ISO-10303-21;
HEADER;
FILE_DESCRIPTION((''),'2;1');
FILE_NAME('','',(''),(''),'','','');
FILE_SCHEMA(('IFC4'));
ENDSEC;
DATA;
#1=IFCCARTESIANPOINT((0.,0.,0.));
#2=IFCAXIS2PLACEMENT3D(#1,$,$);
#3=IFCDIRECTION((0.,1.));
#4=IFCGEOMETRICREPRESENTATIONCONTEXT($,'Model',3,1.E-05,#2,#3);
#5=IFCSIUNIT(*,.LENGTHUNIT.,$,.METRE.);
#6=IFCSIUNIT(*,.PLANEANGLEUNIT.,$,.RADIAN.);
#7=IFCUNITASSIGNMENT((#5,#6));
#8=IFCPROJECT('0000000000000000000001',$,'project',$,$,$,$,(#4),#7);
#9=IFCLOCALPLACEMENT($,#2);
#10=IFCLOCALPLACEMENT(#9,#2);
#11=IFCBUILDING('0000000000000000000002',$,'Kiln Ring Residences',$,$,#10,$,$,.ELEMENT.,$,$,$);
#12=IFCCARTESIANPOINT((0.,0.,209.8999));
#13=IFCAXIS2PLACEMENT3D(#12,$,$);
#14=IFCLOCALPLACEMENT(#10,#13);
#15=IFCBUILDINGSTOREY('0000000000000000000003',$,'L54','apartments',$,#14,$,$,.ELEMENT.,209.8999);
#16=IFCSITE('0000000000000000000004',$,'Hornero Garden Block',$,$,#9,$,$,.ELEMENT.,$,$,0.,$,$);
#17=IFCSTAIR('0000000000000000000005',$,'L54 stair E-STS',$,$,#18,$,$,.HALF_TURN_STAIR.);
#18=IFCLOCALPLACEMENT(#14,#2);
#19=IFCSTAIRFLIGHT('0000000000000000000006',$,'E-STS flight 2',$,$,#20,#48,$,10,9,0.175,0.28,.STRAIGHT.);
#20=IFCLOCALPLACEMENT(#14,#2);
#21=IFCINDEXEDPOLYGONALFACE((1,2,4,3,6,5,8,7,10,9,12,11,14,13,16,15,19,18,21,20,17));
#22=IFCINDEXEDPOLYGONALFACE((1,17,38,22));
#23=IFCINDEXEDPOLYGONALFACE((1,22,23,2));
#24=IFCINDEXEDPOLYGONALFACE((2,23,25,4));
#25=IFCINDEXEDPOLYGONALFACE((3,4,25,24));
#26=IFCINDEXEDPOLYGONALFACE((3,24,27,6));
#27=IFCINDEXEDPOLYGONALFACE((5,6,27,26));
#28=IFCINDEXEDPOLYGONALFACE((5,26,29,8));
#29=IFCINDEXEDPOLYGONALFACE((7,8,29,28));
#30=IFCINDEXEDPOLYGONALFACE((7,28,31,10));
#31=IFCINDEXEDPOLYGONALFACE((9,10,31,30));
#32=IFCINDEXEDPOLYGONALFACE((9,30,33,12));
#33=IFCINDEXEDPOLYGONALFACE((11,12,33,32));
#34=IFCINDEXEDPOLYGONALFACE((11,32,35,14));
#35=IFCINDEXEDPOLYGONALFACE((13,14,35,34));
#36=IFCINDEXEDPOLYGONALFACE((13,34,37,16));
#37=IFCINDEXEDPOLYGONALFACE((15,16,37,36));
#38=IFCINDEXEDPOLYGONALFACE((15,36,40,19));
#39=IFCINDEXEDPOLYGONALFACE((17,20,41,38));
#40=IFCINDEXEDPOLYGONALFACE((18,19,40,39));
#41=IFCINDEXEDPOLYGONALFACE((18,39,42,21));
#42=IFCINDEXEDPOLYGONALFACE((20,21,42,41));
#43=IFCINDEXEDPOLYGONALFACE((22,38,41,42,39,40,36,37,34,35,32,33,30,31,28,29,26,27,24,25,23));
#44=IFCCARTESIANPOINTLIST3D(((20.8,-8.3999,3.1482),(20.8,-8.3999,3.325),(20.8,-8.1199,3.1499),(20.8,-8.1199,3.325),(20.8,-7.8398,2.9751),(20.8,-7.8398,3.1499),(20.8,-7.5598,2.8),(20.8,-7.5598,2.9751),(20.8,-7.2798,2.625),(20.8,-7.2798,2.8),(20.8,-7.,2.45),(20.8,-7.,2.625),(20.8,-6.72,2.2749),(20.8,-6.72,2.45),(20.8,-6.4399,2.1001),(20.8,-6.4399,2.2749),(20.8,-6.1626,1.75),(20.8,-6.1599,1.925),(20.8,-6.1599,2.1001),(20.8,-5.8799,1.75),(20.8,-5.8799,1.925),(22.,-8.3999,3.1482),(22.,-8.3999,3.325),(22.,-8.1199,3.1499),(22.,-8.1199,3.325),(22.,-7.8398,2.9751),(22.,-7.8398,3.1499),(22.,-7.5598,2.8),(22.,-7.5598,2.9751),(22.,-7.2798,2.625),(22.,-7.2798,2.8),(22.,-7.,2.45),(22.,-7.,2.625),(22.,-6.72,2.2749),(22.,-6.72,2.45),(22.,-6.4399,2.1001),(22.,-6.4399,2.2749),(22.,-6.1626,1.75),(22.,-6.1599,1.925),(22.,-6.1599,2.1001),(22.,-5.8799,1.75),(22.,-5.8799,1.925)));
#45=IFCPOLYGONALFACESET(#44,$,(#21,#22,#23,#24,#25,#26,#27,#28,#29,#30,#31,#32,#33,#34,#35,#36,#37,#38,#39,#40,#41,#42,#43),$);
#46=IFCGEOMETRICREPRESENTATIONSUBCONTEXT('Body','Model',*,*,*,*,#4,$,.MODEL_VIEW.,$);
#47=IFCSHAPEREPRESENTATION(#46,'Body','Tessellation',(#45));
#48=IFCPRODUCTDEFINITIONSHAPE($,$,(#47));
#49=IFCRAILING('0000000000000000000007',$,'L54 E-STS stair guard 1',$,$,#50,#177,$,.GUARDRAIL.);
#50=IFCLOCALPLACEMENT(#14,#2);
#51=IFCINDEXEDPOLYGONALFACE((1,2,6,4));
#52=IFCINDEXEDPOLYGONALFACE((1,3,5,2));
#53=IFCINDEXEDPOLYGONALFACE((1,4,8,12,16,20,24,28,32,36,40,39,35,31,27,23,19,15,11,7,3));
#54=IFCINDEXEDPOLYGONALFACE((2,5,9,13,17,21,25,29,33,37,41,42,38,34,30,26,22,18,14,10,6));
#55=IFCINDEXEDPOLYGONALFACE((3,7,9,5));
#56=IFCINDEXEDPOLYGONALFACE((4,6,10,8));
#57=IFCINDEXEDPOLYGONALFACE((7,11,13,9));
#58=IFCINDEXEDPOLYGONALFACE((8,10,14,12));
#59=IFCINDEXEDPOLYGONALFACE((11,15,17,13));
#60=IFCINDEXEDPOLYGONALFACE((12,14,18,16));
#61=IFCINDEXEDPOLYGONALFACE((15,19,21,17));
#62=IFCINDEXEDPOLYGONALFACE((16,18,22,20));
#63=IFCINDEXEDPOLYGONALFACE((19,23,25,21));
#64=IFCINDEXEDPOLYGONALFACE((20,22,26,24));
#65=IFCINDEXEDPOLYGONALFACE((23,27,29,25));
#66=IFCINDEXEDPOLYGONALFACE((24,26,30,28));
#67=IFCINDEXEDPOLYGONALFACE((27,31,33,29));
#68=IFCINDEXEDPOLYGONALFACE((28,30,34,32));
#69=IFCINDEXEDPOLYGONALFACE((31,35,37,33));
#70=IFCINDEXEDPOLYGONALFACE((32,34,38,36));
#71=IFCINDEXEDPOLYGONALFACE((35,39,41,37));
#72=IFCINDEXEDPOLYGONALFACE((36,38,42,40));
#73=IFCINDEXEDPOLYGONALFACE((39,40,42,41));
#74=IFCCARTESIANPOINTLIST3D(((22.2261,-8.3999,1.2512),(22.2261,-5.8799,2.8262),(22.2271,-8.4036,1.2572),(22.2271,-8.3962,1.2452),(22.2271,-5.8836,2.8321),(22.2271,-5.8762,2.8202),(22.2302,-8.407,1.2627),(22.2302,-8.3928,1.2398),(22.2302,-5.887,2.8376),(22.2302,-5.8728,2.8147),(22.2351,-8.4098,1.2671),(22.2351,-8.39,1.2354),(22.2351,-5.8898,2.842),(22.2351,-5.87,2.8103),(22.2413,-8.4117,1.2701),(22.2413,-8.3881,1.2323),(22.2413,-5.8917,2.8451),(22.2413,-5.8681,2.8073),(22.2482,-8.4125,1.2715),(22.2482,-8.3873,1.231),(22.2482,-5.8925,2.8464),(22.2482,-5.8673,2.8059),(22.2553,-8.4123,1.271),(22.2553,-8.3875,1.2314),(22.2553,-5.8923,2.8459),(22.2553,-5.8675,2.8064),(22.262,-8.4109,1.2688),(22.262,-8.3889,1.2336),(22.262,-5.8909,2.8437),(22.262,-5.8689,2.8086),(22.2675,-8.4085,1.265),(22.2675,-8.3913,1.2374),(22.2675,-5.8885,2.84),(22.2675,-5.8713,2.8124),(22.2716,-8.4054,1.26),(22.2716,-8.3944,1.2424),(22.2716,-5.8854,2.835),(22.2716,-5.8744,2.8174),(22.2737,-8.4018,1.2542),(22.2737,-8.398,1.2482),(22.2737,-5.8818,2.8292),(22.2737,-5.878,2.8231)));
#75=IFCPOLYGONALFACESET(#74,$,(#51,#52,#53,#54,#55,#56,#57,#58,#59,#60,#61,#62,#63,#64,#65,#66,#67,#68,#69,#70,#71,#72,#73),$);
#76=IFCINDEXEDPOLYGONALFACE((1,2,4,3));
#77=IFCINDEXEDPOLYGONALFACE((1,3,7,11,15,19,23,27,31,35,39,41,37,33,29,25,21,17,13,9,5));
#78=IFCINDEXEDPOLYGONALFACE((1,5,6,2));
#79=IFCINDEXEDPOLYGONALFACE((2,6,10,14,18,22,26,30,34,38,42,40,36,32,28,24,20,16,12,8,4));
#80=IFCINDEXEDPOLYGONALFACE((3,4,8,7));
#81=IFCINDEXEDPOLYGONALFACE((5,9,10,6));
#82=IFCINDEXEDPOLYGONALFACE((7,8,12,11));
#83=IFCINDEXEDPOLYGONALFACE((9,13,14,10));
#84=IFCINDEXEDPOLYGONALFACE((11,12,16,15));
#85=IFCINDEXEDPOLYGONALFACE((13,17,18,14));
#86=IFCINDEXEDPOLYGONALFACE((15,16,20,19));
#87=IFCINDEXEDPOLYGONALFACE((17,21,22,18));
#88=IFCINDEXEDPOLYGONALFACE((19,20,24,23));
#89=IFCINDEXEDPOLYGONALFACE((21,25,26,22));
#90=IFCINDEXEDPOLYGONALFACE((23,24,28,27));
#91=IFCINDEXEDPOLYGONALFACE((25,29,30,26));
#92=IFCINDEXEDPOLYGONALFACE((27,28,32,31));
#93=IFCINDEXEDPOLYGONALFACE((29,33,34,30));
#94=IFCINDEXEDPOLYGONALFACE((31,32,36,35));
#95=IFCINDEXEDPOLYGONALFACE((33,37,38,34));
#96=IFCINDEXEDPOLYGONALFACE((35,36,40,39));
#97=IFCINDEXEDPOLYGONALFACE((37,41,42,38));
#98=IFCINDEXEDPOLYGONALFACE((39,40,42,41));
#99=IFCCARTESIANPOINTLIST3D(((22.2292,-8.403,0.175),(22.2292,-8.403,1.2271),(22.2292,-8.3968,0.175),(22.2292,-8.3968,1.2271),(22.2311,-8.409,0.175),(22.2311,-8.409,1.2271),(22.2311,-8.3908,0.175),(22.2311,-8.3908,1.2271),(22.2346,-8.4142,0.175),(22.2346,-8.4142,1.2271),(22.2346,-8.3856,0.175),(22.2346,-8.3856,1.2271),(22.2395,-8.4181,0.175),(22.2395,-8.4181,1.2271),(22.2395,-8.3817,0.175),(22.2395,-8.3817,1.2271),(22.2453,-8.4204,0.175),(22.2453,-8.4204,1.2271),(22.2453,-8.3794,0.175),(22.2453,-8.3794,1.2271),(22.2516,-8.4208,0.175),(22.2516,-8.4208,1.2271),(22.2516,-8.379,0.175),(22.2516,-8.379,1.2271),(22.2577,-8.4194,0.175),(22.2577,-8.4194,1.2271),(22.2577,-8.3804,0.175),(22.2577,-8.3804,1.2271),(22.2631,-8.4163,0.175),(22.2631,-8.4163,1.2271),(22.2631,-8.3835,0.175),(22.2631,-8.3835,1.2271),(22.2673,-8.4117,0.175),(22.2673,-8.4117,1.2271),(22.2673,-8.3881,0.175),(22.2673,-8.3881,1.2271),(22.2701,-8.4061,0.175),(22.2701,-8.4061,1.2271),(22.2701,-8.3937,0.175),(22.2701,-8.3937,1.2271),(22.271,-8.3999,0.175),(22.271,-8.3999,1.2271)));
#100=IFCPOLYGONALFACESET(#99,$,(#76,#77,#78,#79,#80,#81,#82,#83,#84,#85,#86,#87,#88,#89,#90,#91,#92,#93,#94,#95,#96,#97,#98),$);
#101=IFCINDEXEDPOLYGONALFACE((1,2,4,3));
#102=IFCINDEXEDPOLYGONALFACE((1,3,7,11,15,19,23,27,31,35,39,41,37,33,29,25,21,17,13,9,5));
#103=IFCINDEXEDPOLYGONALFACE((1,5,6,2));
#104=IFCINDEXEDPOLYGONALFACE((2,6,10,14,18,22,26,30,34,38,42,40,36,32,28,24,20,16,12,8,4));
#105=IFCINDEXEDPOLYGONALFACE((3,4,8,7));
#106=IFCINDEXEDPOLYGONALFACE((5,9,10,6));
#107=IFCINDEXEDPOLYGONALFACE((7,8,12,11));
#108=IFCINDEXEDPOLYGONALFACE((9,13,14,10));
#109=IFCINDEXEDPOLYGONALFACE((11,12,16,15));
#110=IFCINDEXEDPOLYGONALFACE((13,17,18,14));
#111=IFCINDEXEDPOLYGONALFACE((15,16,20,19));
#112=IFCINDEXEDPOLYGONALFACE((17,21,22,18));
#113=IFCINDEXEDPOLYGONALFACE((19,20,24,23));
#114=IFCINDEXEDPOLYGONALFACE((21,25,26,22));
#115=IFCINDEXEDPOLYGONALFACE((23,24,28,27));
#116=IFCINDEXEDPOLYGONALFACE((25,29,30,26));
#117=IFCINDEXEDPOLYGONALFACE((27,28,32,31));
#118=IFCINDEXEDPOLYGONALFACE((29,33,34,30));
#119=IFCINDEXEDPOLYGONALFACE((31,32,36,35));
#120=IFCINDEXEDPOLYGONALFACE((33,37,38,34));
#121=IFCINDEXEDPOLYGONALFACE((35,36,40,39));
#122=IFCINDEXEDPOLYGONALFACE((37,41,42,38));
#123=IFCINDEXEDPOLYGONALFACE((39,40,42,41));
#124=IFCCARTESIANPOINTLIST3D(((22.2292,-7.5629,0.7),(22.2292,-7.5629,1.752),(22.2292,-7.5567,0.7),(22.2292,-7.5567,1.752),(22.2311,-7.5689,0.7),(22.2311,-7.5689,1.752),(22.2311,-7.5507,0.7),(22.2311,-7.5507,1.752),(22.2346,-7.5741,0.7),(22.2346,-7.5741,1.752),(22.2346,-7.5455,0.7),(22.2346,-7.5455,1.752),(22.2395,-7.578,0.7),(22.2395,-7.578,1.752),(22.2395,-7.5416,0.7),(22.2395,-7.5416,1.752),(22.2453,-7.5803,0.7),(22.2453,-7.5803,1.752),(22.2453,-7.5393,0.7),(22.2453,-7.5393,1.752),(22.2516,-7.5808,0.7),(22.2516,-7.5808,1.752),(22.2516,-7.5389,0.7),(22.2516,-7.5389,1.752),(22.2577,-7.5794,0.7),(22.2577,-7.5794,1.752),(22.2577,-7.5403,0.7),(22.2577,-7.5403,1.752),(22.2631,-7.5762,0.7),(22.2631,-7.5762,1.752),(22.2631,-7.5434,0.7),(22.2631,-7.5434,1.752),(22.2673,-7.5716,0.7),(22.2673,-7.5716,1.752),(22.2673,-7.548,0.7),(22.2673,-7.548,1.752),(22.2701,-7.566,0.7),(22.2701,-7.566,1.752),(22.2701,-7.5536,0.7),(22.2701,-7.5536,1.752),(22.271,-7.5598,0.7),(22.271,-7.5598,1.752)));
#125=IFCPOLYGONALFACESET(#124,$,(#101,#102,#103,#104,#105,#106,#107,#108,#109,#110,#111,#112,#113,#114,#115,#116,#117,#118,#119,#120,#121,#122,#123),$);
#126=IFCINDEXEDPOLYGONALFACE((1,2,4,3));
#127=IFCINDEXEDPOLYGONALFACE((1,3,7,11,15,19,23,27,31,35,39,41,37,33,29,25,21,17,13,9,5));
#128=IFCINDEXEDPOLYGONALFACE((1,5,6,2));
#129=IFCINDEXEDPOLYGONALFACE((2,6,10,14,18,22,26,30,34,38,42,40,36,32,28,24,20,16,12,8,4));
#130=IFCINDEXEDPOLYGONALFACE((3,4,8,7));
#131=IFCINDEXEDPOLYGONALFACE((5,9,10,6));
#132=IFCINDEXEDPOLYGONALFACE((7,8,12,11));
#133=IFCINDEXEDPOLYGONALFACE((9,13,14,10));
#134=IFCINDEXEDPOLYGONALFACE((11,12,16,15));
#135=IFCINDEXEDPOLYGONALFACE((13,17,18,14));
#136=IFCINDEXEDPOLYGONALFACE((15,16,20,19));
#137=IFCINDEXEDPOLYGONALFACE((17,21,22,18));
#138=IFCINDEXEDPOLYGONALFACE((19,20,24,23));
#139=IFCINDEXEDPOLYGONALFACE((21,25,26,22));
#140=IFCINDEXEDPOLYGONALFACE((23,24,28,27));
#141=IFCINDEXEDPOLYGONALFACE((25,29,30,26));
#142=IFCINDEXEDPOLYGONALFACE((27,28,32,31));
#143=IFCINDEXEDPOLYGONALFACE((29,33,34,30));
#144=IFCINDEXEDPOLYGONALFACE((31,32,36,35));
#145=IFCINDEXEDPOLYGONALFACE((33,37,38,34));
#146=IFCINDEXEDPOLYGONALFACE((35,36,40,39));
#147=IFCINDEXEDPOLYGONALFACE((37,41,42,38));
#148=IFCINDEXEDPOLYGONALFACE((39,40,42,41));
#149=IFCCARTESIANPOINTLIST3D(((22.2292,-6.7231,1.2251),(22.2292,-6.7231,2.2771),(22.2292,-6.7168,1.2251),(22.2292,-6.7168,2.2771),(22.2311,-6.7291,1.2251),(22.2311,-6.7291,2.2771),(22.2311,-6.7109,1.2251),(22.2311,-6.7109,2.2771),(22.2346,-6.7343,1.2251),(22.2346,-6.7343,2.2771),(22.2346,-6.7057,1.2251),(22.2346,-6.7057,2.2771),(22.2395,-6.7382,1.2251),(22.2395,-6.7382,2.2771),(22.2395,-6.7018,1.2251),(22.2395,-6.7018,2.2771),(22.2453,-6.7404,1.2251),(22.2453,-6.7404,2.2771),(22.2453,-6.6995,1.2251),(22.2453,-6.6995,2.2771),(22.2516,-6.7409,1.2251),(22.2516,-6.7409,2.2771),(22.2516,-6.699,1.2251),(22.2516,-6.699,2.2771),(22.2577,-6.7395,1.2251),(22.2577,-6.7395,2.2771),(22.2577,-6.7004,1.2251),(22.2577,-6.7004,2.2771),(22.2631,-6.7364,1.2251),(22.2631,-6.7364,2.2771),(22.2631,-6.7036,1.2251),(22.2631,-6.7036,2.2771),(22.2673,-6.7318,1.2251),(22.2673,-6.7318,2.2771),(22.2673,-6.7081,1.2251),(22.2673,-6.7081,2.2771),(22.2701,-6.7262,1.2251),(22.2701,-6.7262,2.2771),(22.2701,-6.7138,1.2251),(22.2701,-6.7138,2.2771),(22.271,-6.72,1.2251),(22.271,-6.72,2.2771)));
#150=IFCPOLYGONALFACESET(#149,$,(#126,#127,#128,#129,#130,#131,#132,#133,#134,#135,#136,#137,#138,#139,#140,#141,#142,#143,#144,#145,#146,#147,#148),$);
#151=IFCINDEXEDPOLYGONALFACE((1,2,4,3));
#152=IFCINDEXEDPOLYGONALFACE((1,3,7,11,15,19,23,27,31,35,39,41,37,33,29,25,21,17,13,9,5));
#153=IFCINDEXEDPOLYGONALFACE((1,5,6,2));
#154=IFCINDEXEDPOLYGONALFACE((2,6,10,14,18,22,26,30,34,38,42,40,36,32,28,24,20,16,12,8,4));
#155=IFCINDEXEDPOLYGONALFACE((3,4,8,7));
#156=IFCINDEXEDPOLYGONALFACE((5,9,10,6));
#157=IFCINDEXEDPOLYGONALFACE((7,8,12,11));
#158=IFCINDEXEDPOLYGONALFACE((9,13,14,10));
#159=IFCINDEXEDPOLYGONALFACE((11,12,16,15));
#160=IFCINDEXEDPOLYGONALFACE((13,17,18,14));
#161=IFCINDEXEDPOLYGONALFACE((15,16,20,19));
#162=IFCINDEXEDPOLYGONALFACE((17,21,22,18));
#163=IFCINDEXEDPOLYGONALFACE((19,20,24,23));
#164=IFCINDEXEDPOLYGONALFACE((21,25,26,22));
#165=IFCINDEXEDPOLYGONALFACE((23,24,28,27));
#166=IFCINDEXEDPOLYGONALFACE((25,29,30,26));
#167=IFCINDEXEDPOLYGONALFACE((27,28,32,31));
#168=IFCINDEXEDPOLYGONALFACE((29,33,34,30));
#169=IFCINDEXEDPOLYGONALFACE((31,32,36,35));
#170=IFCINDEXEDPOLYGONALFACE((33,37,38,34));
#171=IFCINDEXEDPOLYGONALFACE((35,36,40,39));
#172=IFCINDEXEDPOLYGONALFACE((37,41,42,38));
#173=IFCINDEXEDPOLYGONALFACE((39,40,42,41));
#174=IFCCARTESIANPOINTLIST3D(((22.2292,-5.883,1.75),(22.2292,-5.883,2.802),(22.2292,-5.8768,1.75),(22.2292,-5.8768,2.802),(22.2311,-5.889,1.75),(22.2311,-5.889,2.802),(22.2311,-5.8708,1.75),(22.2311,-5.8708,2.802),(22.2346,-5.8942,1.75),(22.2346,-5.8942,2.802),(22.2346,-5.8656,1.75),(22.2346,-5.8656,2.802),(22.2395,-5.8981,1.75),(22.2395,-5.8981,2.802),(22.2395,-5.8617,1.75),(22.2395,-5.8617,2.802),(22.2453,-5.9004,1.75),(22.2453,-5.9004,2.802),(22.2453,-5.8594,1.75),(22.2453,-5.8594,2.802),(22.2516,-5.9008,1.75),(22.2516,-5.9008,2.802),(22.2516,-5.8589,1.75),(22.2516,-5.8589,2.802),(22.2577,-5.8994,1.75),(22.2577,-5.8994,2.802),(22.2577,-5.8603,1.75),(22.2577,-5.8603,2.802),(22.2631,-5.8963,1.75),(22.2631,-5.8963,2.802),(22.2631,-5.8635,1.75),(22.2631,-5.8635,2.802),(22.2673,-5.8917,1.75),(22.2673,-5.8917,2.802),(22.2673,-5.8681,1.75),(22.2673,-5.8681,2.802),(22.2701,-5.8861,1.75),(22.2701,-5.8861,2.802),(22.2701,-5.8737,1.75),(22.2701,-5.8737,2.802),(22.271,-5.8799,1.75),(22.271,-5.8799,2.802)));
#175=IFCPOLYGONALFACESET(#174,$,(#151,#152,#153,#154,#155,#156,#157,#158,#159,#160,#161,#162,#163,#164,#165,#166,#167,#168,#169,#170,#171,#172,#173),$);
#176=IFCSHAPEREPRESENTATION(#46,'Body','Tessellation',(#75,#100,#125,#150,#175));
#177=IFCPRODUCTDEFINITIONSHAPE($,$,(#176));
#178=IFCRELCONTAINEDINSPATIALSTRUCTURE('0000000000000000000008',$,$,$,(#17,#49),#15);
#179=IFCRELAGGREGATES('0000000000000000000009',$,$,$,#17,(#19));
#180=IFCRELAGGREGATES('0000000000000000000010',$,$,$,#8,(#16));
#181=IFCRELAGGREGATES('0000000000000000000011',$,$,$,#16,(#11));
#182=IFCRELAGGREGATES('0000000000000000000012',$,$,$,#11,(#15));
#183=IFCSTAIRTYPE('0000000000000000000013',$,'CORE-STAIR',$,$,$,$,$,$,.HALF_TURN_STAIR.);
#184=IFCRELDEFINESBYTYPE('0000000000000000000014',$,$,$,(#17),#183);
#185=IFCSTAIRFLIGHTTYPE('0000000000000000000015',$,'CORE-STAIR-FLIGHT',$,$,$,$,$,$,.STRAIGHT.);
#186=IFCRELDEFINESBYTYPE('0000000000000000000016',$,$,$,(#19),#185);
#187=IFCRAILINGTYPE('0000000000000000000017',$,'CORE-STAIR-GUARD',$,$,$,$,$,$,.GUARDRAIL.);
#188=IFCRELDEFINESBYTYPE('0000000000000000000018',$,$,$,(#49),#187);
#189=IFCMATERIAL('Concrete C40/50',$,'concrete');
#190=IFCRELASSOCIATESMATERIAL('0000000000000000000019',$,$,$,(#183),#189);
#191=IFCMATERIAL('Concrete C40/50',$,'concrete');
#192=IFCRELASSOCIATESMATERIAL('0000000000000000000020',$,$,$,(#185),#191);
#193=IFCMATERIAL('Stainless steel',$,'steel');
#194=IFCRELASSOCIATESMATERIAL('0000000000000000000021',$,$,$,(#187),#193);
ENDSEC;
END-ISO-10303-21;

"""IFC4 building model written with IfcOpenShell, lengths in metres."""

from ifc_helpers import new_model, si_unit, direction, frame, origin, origin_2d, place, context, subcontext, project, spatial, polyline, circle, outline, extrude, material, type_object, element, aggregate, save


model = new_model("IFC4")

# Units and contexts
model_context = context("Model", 3, precision=1e-05, world=origin(), true_north=direction((0.0, 1.0)))
body_context = subcontext(model_context, "Body", "Model", "MODEL_VIEW")
ifc_project = project(units=[si_unit("LENGTHUNIT", "METRE"), si_unit("PLANEANGLEUNIT", "RADIAN")], contexts=[model_context])

# Site, building, storey
site_placement = place(None, origin())
site = spatial("IfcSite", under=ifc_project, at=site_placement, Name="Hornero Garden Block", CompositionType="ELEMENT", RefElevation=0.0)
building_placement = place(site_placement, origin())
building = spatial("IfcBuilding", under=site, at=building_placement, Name="Kiln Ring Residences", CompositionType="ELEMENT")
storey_placement = place(building_placement, frame((0.0, 0.0, 209.8999)))
storey = spatial("IfcBuildingStorey", under=building, at=storey_placement, Name="L54", Description="apartments", CompositionType="ELEMENT", Elevation=209.8999)

# Stair, stair flight
ifc_material_1 = material(Name="Concrete C40/50", Category="concrete")
stair_type = type_object("IfcStairType", Name="CORE-STAIR", PredefinedType="HALF_TURN_STAIR", material=ifc_material_1)
stair_placement = place(storey_placement, origin())
stair = element("IfcStair", 1, at=stair_placement, inside=storey, type_object=stair_type, Name="L54 stair E-STS", PredefinedType="HALF_TURN_STAIR")
ifc_material_2 = material(Name="Concrete C40/50", Category="concrete")
stair_flight_type = type_object("IfcStairFlightType", Name="CORE-STAIR-FLIGHT", PredefinedType="STRAIGHT", material=ifc_material_2)
stair_flight_1_placement = place(storey_placement, frame((21.3999, -5.8799, 1.75), z_axis=(0.0, 0.0, 1.0), x_axis=(0.0, -1.0, 0.0)))
stair_flight_1 = element("IfcStairFlight", 2, at=stair_flight_1_placement, type_object=stair_flight_type, Name="E-STS flight 2", NumberOfRisers=10, NumberOfTreads=9, PredefinedType="STRAIGHT", RiserHeight=0.175, TreadLength=0.28, context=body_context, shape_type="SweptSolid", body=[
    extrude(outline(polyline([(0.0, 0.0), (0.0, 0.175), (0.28, 0.175), (0.28, 0.3501), (0.5601, 0.3501), (0.5601, 0.5249), (0.8401, 0.5249), (0.8401, 0.7), (1.1201, 0.7), (1.1201, 0.875), (1.3999, 0.875), (1.3999, 1.05), (1.6799, 1.05), (1.6799, 1.2251), (1.96, 1.2251), (1.96, 1.3999), (2.24, 1.3999), (2.24, 1.575), (2.52, 1.575), (2.52, 1.75), (2.52, 1.3982), (0.2827, 0.0), (0.0, 0.0)])), frame((0.0, 0.6001, 0.0), z_axis=(0.0, -1.0, 0.0), x_axis=(1.0, 0.0, 0.0)), (0.0, 0.0, 1.0), 1.2),
])
aggregate(stair, [stair_flight_1])

# Railing
ifc_material_3 = material(Name="Stainless steel", Category="steel")
railing_type_1 = type_object("IfcRailingType", Name="CORE-STAIR-GUARD", PredefinedType="GUARDRAIL", material=ifc_material_3)
railing_1_placement = place(storey_placement, frame((22.25, -8.3999, 0.175)))
element("IfcRailing", 3, at=railing_1_placement, inside=storey, type_object=railing_type_1, Name="L54 E-STS stair guard 1", PredefinedType="GUARDRAIL", context=body_context, shape_type="SweptSolid", body=[
    extrude(circle(Radius=0.0239, at=origin_2d()), frame((0.0, 0.0, 1.0762), z_axis=(0.0, 0.848008, 0.529984), x_axis=(-1.0, 0.0, 0.0)), (0.0, 0.0, 1.0), 2.9717),
    extrude(circle(Radius=0.021, at=origin_2d()), origin(), (0.0, 0.0, 1.0), 1.052),
    extrude(circle(Radius=0.021, at=origin_2d()), frame((0.0, 0.8401, 0.5249)), (0.0, 0.0, 1.0), 1.052),
    extrude(circle(Radius=0.021, at=origin_2d()), frame((0.0, 1.6799, 1.05)), (0.0, 0.0, 1.0), 1.052),
    extrude(circle(Radius=0.021, at=origin_2d()), frame((0.0, 2.52, 1.575)), (0.0, 0.0, 1.0), 1.052),
])

save(model, "model.ifc")
